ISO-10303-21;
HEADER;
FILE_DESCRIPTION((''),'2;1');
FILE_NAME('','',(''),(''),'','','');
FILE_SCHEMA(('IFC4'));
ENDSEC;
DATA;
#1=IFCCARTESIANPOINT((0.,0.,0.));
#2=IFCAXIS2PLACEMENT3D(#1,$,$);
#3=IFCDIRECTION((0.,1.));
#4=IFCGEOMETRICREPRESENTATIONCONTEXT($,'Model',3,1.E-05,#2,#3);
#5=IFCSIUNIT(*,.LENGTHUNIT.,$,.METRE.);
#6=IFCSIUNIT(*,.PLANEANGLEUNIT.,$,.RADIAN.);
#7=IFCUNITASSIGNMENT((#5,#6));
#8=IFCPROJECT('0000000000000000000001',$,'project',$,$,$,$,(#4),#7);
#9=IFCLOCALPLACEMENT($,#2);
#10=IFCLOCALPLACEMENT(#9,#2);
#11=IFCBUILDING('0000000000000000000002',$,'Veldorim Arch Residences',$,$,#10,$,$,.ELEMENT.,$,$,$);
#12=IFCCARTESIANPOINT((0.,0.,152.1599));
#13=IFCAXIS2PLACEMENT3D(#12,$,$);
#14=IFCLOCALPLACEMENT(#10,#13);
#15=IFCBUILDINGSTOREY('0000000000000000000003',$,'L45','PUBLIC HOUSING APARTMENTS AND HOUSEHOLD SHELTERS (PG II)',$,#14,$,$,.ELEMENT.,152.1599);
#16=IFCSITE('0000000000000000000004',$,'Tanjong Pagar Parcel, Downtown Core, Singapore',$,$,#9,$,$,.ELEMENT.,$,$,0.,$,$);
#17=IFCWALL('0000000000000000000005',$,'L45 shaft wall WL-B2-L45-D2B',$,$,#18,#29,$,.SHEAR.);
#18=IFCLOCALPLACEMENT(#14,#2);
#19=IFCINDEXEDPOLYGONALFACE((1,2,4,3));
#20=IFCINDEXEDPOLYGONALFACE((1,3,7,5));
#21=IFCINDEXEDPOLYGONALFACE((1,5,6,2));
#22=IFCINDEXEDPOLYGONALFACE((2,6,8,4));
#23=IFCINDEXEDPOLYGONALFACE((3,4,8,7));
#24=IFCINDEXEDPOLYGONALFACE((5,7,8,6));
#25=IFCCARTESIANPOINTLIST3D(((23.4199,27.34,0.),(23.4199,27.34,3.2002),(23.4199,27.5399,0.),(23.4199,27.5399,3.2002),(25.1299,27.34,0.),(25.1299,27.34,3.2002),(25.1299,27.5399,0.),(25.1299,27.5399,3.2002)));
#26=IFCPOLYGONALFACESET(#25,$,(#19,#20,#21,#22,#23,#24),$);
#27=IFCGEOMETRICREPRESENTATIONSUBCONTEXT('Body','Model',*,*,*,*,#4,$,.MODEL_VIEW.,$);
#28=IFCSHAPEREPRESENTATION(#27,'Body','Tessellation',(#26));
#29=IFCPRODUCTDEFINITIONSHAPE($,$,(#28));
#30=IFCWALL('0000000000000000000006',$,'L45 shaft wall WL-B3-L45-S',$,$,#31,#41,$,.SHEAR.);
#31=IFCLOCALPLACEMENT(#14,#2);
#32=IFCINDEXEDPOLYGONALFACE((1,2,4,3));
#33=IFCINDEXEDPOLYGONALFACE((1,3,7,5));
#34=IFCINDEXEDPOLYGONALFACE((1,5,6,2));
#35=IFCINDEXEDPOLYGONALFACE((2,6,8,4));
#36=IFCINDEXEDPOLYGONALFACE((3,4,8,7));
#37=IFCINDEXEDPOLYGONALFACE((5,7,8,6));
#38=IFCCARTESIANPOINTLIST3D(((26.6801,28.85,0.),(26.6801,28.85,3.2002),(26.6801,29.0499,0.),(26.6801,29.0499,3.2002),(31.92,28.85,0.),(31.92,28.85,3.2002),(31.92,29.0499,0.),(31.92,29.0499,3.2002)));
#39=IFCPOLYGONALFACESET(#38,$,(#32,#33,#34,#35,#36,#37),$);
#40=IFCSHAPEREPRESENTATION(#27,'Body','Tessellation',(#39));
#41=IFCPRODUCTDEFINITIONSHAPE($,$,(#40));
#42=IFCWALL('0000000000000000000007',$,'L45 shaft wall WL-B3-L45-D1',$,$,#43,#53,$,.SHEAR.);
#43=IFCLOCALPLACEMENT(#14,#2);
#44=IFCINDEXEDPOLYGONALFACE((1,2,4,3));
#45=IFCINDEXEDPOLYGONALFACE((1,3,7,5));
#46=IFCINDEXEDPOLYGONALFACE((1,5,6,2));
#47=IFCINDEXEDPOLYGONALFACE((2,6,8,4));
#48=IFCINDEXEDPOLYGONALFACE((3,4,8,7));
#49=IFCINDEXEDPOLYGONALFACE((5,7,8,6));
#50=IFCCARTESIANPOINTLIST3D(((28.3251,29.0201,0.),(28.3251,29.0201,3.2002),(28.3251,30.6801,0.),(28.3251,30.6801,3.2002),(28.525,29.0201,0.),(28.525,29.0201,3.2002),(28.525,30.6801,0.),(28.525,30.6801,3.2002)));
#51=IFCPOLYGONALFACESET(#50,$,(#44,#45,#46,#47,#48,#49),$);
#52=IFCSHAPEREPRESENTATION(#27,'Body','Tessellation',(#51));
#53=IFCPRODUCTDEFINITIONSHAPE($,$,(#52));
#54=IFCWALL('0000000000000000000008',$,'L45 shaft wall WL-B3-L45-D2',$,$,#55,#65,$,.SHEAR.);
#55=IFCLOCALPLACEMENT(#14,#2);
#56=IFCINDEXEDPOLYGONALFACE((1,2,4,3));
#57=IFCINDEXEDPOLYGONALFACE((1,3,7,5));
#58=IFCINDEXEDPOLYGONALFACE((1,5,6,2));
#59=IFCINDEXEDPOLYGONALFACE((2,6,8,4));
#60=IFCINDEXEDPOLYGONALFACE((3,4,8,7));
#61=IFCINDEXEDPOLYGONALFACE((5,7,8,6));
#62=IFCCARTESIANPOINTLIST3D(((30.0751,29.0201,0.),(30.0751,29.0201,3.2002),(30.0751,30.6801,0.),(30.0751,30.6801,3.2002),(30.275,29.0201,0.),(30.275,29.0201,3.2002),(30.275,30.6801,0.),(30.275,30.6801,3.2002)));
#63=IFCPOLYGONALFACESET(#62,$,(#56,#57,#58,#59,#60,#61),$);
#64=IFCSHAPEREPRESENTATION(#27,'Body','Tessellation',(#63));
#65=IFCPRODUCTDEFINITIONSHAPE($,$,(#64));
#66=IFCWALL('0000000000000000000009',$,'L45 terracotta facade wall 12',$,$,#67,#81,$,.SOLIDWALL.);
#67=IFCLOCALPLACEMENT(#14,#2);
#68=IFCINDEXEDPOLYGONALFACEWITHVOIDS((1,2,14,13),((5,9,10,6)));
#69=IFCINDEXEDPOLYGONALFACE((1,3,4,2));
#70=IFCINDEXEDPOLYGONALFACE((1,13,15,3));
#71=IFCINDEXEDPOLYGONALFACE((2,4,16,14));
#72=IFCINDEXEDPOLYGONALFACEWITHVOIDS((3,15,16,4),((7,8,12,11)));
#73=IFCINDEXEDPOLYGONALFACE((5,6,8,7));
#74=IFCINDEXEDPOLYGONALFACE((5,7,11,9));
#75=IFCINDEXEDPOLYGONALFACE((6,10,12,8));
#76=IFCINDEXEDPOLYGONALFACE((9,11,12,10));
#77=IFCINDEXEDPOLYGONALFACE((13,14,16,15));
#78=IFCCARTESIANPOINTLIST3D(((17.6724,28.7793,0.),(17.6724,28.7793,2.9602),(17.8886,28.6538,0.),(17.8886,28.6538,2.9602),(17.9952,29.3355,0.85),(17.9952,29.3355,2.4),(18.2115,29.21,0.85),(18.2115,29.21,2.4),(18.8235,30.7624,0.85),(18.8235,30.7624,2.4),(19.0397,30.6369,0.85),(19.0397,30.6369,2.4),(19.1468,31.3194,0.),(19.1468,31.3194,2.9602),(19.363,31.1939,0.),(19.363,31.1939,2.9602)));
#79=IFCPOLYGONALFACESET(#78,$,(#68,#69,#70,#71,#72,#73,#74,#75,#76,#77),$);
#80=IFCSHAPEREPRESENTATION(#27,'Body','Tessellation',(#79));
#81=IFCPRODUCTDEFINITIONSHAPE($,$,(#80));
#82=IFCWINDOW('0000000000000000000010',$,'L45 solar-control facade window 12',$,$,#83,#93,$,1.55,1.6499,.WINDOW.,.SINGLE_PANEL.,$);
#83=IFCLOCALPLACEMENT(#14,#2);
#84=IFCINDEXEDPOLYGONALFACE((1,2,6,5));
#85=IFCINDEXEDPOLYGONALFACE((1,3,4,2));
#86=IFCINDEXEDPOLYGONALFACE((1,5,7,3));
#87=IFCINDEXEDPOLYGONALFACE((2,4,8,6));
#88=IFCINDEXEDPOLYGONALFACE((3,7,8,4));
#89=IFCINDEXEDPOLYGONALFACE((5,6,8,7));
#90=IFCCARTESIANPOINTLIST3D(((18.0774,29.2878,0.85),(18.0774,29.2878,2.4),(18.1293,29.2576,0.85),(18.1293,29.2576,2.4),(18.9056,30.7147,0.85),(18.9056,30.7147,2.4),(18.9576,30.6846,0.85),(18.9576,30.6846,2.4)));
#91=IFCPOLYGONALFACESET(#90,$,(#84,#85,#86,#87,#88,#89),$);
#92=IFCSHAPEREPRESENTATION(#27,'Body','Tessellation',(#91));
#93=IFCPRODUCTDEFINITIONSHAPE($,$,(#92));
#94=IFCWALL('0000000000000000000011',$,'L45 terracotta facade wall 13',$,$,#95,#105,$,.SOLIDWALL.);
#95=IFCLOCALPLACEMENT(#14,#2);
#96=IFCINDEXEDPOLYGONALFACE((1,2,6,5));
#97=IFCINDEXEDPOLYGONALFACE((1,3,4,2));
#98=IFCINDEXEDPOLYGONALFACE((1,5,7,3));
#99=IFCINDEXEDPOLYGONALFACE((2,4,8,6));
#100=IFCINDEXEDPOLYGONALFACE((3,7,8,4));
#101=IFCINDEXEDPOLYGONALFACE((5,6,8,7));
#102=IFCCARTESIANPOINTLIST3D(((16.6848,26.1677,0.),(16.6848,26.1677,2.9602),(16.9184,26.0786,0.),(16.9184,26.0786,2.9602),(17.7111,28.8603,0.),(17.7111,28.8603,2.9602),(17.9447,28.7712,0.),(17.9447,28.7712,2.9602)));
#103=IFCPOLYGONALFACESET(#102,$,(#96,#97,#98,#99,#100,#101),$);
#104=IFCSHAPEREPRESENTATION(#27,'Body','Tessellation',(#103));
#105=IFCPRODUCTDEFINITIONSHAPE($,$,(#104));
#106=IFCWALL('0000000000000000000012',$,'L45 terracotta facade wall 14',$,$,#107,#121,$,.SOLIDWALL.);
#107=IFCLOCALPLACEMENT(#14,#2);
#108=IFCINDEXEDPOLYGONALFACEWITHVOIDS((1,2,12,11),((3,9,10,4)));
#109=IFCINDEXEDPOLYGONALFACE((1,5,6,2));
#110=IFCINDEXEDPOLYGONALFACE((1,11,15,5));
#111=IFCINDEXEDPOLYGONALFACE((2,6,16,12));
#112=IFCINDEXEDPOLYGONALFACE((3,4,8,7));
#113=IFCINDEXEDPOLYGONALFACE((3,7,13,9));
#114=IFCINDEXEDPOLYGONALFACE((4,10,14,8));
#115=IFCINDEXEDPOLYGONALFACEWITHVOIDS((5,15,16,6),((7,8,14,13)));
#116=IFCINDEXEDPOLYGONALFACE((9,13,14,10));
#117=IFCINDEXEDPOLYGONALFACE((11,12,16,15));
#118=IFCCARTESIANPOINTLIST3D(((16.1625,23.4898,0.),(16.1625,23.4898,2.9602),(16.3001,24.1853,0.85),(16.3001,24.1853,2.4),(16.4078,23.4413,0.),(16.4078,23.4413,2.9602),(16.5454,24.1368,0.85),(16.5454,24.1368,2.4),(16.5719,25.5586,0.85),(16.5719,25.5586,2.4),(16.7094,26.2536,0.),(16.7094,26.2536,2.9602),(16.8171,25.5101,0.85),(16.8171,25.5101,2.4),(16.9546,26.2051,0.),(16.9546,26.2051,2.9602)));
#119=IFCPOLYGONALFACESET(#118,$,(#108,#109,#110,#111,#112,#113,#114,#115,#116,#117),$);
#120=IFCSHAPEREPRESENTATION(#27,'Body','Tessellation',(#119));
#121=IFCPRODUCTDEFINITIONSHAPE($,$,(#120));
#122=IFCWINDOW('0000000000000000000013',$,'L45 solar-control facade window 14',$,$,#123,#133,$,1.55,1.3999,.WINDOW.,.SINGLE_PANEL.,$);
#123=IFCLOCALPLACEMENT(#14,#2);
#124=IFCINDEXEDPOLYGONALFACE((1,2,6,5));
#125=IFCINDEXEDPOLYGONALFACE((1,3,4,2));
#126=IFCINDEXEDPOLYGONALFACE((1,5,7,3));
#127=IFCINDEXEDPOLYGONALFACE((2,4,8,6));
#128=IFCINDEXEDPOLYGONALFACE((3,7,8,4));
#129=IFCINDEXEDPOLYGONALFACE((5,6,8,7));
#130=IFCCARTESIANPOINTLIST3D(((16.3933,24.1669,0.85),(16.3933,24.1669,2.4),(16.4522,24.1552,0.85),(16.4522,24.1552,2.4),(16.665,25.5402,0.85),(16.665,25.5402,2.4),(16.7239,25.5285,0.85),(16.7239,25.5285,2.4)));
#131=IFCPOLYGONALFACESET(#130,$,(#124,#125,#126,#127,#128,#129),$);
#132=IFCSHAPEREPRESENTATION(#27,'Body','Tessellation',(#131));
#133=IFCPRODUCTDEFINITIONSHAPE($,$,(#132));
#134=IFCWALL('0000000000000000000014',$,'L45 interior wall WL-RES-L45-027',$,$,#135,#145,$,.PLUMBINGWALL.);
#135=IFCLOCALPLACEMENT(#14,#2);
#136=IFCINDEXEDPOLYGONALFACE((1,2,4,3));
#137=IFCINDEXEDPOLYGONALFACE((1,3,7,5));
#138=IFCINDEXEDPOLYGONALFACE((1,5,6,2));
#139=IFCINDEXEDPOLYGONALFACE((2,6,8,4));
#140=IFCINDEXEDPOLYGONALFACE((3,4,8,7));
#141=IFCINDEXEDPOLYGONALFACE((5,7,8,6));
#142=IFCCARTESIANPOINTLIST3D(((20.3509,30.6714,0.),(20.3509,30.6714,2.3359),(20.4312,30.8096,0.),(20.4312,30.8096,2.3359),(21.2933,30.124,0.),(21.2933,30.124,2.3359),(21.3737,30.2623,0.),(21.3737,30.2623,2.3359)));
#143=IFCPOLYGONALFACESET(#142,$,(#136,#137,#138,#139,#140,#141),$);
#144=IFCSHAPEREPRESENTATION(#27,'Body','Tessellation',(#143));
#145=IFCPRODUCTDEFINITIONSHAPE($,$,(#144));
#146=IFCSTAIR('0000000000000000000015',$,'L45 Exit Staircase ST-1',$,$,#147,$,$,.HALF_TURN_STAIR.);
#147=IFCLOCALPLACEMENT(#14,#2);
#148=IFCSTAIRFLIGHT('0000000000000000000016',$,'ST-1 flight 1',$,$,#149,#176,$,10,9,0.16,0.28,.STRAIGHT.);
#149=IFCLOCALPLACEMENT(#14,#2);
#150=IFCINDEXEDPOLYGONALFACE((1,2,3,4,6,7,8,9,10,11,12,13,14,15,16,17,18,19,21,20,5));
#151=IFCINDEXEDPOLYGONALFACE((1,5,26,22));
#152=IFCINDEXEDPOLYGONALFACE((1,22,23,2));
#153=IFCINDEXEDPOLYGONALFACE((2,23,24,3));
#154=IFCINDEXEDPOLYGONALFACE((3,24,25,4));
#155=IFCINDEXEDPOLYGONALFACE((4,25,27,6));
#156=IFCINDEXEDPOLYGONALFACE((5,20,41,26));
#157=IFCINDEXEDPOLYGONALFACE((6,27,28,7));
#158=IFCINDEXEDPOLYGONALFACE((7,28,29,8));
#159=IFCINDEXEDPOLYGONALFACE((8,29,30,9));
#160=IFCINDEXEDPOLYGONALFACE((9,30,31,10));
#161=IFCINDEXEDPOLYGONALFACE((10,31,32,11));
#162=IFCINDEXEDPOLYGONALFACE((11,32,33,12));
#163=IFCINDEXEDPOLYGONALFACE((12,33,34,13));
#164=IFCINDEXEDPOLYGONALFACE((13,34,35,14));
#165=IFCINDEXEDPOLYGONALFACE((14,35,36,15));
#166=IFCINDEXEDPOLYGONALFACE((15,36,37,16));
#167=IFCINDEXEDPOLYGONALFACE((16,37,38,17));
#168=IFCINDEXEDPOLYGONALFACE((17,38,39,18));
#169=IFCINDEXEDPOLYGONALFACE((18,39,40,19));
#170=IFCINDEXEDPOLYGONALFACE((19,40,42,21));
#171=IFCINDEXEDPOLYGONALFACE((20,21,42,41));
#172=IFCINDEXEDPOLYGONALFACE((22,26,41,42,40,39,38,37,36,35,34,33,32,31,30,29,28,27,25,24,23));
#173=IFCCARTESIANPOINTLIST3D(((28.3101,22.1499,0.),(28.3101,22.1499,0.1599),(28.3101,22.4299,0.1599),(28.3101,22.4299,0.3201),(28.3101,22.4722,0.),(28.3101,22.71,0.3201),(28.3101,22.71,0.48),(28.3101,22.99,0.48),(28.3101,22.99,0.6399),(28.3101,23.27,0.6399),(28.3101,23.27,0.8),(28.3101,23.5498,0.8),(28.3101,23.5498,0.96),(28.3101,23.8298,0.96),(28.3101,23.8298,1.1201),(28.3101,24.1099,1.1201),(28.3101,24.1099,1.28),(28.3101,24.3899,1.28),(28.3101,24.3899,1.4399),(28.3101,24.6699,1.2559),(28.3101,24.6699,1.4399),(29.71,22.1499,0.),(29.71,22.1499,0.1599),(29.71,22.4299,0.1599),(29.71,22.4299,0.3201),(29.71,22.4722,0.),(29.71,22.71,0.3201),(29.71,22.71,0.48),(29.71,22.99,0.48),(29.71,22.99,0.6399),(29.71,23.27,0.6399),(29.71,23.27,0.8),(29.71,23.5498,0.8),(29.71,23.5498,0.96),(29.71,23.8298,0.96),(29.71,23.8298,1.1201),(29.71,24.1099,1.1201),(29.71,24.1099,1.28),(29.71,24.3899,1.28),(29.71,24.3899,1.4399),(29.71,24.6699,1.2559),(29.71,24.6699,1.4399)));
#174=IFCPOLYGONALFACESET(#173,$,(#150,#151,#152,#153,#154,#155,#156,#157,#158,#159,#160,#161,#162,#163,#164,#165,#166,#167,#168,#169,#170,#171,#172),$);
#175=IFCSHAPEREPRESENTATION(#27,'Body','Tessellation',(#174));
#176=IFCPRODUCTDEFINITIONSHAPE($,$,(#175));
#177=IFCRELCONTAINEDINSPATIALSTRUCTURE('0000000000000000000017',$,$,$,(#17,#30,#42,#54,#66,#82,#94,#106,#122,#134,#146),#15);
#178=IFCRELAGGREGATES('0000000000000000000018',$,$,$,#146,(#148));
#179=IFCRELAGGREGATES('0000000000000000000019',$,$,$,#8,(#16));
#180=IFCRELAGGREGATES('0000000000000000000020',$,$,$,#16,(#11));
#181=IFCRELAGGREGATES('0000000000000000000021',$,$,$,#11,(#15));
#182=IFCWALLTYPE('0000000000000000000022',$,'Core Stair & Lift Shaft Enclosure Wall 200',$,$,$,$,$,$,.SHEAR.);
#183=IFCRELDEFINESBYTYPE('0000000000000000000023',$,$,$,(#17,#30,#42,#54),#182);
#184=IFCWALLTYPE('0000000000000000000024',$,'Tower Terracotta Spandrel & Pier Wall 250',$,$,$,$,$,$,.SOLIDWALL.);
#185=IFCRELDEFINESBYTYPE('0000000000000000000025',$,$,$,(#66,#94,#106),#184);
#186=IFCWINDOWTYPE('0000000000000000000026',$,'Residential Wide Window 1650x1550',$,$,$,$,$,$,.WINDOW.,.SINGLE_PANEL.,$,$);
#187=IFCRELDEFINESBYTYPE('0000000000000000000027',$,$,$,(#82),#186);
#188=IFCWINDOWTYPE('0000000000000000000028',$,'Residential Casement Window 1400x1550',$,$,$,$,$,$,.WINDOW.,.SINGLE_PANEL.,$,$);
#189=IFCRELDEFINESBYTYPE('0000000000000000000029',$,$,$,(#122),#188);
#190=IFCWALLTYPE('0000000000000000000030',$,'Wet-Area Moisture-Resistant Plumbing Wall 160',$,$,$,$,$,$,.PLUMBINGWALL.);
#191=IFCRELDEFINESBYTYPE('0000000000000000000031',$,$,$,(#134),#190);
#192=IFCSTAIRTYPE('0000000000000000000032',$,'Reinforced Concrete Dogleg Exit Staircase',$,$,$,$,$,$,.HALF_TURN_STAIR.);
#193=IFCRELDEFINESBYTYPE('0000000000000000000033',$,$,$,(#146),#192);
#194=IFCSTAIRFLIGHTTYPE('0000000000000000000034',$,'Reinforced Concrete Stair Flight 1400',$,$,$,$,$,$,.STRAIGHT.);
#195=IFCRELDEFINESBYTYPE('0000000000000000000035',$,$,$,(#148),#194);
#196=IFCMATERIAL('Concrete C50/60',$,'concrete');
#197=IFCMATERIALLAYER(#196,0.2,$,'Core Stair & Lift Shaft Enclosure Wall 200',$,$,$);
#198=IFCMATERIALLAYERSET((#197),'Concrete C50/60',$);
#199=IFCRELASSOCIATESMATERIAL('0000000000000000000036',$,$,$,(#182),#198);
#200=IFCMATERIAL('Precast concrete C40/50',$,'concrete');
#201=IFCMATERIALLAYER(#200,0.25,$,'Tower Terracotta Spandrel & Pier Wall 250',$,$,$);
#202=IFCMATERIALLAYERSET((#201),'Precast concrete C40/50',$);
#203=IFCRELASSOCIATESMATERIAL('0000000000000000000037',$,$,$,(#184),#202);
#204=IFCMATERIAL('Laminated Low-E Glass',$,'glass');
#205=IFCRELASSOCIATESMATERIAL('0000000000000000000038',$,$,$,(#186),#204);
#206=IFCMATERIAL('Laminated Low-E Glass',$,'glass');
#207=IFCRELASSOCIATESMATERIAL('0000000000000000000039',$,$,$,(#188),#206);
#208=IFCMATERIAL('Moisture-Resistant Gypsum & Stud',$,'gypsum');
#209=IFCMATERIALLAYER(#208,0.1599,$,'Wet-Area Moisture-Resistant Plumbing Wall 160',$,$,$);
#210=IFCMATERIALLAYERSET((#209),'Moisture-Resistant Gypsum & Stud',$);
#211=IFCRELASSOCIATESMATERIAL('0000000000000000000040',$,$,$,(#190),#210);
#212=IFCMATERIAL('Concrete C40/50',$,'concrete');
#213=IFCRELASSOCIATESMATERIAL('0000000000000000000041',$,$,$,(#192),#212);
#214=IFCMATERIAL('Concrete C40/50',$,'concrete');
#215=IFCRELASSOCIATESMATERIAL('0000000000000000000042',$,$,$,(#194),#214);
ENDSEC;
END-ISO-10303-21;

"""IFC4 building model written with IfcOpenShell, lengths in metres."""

from ifc_helpers import new_model, si_unit, direction, frame, frame_2d, origin, place, context, subcontext, project, spatial, polyline, rectangle, outline, extrude, material, layer, layer_set, type_object, element, fill, aggregate, save


model = new_model("IFC4")

# Units and contexts
model_context = context("Model", 3, precision=1e-05, world=origin(), true_north=direction((0.0, 1.0)))
body_context = subcontext(model_context, "Body", "Model", "MODEL_VIEW")
ifc_project = project(units=[si_unit("LENGTHUNIT", "METRE"), si_unit("PLANEANGLEUNIT", "RADIAN")], contexts=[model_context])

# Site, building, storey
site_placement = place(None, origin())
site = spatial("IfcSite", under=ifc_project, at=site_placement, Name="Tanjong Pagar Parcel, Downtown Core, Singapore", CompositionType="ELEMENT", RefElevation=0.0)
building_placement = place(site_placement, origin())
building = spatial("IfcBuilding", under=site, at=building_placement, Name="Veldorim Arch Residences", CompositionType="ELEMENT")
storey_placement = place(building_placement, frame((0.0, 0.0, 152.1599)))
storey = spatial("IfcBuildingStorey", under=building, at=storey_placement, Name="L45", Description="PUBLIC HOUSING APARTMENTS AND HOUSEHOLD SHELTERS (PG II)", CompositionType="ELEMENT", Elevation=152.1599)

# Walls
ifc_material_1 = material(Name="Concrete C50/60", Category="concrete")
ifc_layer_1 = layer(ifc_material_1, 0.2, Name="Core Stair & Lift Shaft Enclosure Wall 200")
ifc_layer_set_1 = layer_set([ifc_layer_1], Name="Concrete C50/60")
wall_type_1 = type_object("IfcWallType", Name="Core Stair & Lift Shaft Enclosure Wall 200", PredefinedType="SHEAR", material=ifc_layer_set_1)
for number, where, z_axis, x_axis, name in (
    (1, (23.4199, 27.4399, 0.0), (0.0, 0.0, 1.0), (1.0, 0.0, 0.0), "L45 shaft wall WL-B2-L45-D2B"),
):
    element("IfcWall", number, at=place(storey_placement, frame(where, z_axis=z_axis, x_axis=x_axis)), inside=storey, type_object=wall_type_1, Name=name, PredefinedType="SHEAR", context=body_context, shape_type="SweptSolid", body=[
        extrude(rectangle(XDim=1.71, YDim=0.2, at=frame_2d((0.855, 0.0))), origin(), (0.0, 0.0, 1.0), 3.2002),
    ])
wall_1_placement = place(storey_placement, frame((26.6799, 28.95, 0.0), z_axis=(0.0, 0.0, 1.0), x_axis=(1.0, 0.0, 0.0)))
element("IfcWall", 2, at=wall_1_placement, inside=storey, type_object=wall_type_1, Name="L45 shaft wall WL-B3-L45-S", PredefinedType="SHEAR", context=body_context, shape_type="SweptSolid", body=[
    extrude(rectangle(XDim=5.24, YDim=0.2, at=frame_2d((2.6201, 0.0))), origin(), (0.0, 0.0, 1.0), 3.2002),
])
for number, where, z_axis, x_axis, name in (
    (3, (28.425, 29.02, 0.0), (0.0, 0.0, 1.0), (0.0, 1.0, 0.0), "L45 shaft wall WL-B3-L45-D1"),
    (4, (30.175, 29.02, 0.0), (0.0, 0.0, 1.0), (0.0, 1.0, 0.0), "L45 shaft wall WL-B3-L45-D2"),
):
    element("IfcWall", number, at=place(storey_placement, frame(where, z_axis=z_axis, x_axis=x_axis)), inside=storey, type_object=wall_type_1, Name=name, PredefinedType="SHEAR", context=body_context, shape_type="SweptSolid", body=[
        extrude(rectangle(XDim=1.6599, YDim=0.2, at=frame_2d((0.8301, 0.0))), origin(), (0.0, 0.0, 1.0), 3.2002),
    ])

# Wall, opening, window
ifc_material_2 = material(Name="Precast concrete C40/50", Category="concrete")
ifc_layer_2 = layer(ifc_material_2, 0.25, Name="Tower Terracotta Spandrel & Pier Wall 250")
ifc_layer_set_2 = layer_set([ifc_layer_2], Name="Precast concrete C40/50")
wall_type_2 = type_object("IfcWallType", Name="Tower Terracotta Spandrel & Pier Wall 250", PredefinedType="SOLIDWALL", material=ifc_layer_set_2)
wall_2_placement = place(storey_placement, frame((17.7805, 28.7166, 0.0), z_axis=(0.0, 0.0, 1.0), x_axis=(0.502009, 0.864862, 0.0)))
wall_2 = element("IfcWall", 5, at=wall_2_placement, inside=storey, type_object=wall_type_2, Name="L45 terracotta facade wall 12", PredefinedType="SOLIDWALL", context=body_context, shape_type="SweptSolid", body=[
    extrude(rectangle(XDim=2.937, YDim=0.25, at=frame_2d((1.4685, 0.0))), origin(), (0.0, 0.0, 1.0), 2.9602),
])
opening_1_placement = place(wall_2_placement, frame((0.6431, 0.0, 0.8501)))
opening_1 = element("IfcOpeningElement", 6, at=opening_1_placement, cuts=wall_2, PredefinedType="OPENING", context=body_context, shape_type="SweptSolid", body=[
    extrude(rectangle(XDim=1.6499, YDim=1.55, at=frame_2d((0.825, 0.7749))), frame((0.0, 0.135, 0.0), z_axis=(0.0, -1.0, 0.0), x_axis=(1.0, 0.0, 0.0)), (0.0, 0.0, 1.0), 0.27),
])
ifc_material_3 = material(Name="Laminated Low-E Glass", Category="glass")
window_type_1 = type_object("IfcWindowType", Name="Residential Wide Window 1650x1550", PartitioningType="SINGLE_PANEL", PredefinedType="WINDOW", material=ifc_material_3)
window_1_placement = place(opening_1_placement, origin())
window_1 = element("IfcWindow", 7, at=window_1_placement, inside=storey, type_object=window_type_1, Name="L45 solar-control facade window 12", OverallHeight=1.55, OverallWidth=1.6499, PartitioningType="SINGLE_PANEL", PredefinedType="WINDOW", context=body_context, shape_type="SweptSolid", body=[
    extrude(rectangle(XDim=1.6499, YDim=1.55, at=frame_2d((0.825, 0.7749))), frame((0.0, 0.03, 0.0), z_axis=(0.0, -1.0, 0.0), x_axis=(1.0, 0.0, 0.0)), (0.0, 0.0, 1.0), 0.0601),
])
fill(opening_1, window_1)

# Wall
wall_3_placement = place(storey_placement, frame((16.8015, 26.123, 0.0), z_axis=(0.0, 0.0, 1.0), x_axis=(0.356179, 0.934418, 0.0)))
element("IfcWall", 8, at=wall_3_placement, inside=storey, type_object=wall_type_2, Name="L45 terracotta facade wall 13", PredefinedType="SOLIDWALL", context=body_context, shape_type="SweptSolid", body=[
    extrude(rectangle(XDim=2.8816, YDim=0.25, at=frame_2d((1.4409, 0.0))), origin(), (0.0, 0.0, 1.0), 2.9602),
])

# Wall, opening, window
wall_4_placement = place(storey_placement, frame((16.2852, 23.4656, 0.0), z_axis=(0.0, 0.0, 1.0), x_axis=(0.194099, 0.980982, 0.0)))
wall_4 = element("IfcWall", 9, at=wall_4_placement, inside=storey, type_object=wall_type_2, Name="L45 terracotta facade wall 14", PredefinedType="SOLIDWALL", context=body_context, shape_type="SweptSolid", body=[
    extrude(rectangle(XDim=2.8174, YDim=0.25, at=frame_2d((1.4087, 0.0))), origin(), (0.0, 0.0, 1.0), 2.9602),
])
opening_2_placement = place(wall_4_placement, frame((0.709, 0.0, 0.8501)))
opening_2 = element("IfcOpeningElement", 10, at=opening_2_placement, cuts=wall_4, PredefinedType="OPENING", context=body_context, shape_type="SweptSolid", body=[
    extrude(rectangle(XDim=1.3999, YDim=1.55, at=frame_2d((0.7, 0.7749))), frame((0.0, 0.135, 0.0), z_axis=(0.0, -1.0, 0.0), x_axis=(1.0, 0.0, 0.0)), (0.0, 0.0, 1.0), 0.27),
])
ifc_material_4 = material(Name="Laminated Low-E Glass", Category="glass")
window_type_2 = type_object("IfcWindowType", Name="Residential Casement Window 1400x1550", PartitioningType="SINGLE_PANEL", PredefinedType="WINDOW", material=ifc_material_4)
window_2_placement = place(opening_2_placement, origin())
window_2 = element("IfcWindow", 11, at=window_2_placement, inside=storey, type_object=window_type_2, Name="L45 solar-control facade window 14", OverallHeight=1.55, OverallWidth=1.3999, PartitioningType="SINGLE_PANEL", PredefinedType="WINDOW", context=body_context, shape_type="SweptSolid", body=[
    extrude(rectangle(XDim=1.3999, YDim=1.55, at=frame_2d((0.7, 0.7749))), frame((0.0, 0.03, 0.0), z_axis=(0.0, -1.0, 0.0), x_axis=(1.0, 0.0, 0.0)), (0.0, 0.0, 1.0), 0.0601),
])
fill(opening_2, window_2)

# Wall
ifc_material_5 = material(Name="Moisture-Resistant Gypsum & Stud", Category="gypsum")
ifc_layer_3 = layer(ifc_material_5, 0.1599, Name="Wet-Area Moisture-Resistant Plumbing Wall 160")
ifc_layer_set_3 = layer_set([ifc_layer_3], Name="Moisture-Resistant Gypsum & Stud")
wall_type_3 = type_object("IfcWallType", Name="Wet-Area Moisture-Resistant Plumbing Wall 160", PredefinedType="PLUMBINGWALL", material=ifc_layer_set_3)
wall_5_placement = place(storey_placement, frame((21.3335, 30.1931, 0.0), z_axis=(0.0, 0.0, 1.0), x_axis=(-0.86472, 0.502254, 0.0)))
element("IfcWall", 12, at=wall_5_placement, inside=storey, type_object=wall_type_3, Name="L45 interior wall WL-RES-L45-027", PredefinedType="PLUMBINGWALL", context=body_context, shape_type="SweptSolid", body=[
    extrude(rectangle(XDim=1.0898, YDim=0.1599, at=frame_2d((0.5449, 0.0))), origin(), (0.0, 0.0, 1.0), 2.3359),
])

# Stair, stair flight
ifc_material_6 = material(Name="Concrete C40/50", Category="concrete")
stair_type = type_object("IfcStairType", Name="Reinforced Concrete Dogleg Exit Staircase", PredefinedType="HALF_TURN_STAIR", material=ifc_material_6)
stair_placement = place(storey_placement, origin())
stair = element("IfcStair", 13, at=stair_placement, inside=storey, type_object=stair_type, Name="L45 Exit Staircase ST-1", PredefinedType="HALF_TURN_STAIR")
ifc_material_7 = material(Name="Concrete C40/50", Category="concrete")
stair_flight_type = type_object("IfcStairFlightType", Name="Reinforced Concrete Stair Flight 1400", PredefinedType="STRAIGHT", material=ifc_material_7)
stair_flight_1_placement = place(storey_placement, frame((29.01, 22.1499, 0.0), z_axis=(0.0, 0.0, 1.0), x_axis=(0.0, 1.0, 0.0)))
stair_flight_1 = element("IfcStairFlight", 14, at=stair_flight_1_placement, type_object=stair_flight_type, Name="ST-1 flight 1", NumberOfRisers=10, NumberOfTreads=9, PredefinedType="STRAIGHT", RiserHeight=0.16, TreadLength=0.28, context=body_context, shape_type="SweptSolid", body=[
    extrude(outline(polyline([(0.0, 0.0), (0.0, 0.1599), (0.28, 0.1599), (0.28, 0.3201), (0.5601, 0.3201), (0.5601, 0.48), (0.8401, 0.48), (0.8401, 0.6399), (1.1201, 0.6399), (1.1201, 0.8), (1.3999, 0.8), (1.3999, 0.96), (1.6799, 0.96), (1.6799, 1.1201), (1.96, 1.1201), (1.96, 1.28), (2.24, 1.28), (2.24, 1.4399), (2.52, 1.4399), (2.52, 1.6001), (2.52, 1.2559), (0.3223, 0.0), (0.0, 0.0)])), frame((0.0, 0.7, 0.0), z_axis=(0.0, -1.0, 0.0), x_axis=(1.0, 0.0, 0.0)), (0.0, 0.0, 1.0), 1.3999),
])
aggregate(stair, [stair_flight_1])

save(model, "model.ifc")
